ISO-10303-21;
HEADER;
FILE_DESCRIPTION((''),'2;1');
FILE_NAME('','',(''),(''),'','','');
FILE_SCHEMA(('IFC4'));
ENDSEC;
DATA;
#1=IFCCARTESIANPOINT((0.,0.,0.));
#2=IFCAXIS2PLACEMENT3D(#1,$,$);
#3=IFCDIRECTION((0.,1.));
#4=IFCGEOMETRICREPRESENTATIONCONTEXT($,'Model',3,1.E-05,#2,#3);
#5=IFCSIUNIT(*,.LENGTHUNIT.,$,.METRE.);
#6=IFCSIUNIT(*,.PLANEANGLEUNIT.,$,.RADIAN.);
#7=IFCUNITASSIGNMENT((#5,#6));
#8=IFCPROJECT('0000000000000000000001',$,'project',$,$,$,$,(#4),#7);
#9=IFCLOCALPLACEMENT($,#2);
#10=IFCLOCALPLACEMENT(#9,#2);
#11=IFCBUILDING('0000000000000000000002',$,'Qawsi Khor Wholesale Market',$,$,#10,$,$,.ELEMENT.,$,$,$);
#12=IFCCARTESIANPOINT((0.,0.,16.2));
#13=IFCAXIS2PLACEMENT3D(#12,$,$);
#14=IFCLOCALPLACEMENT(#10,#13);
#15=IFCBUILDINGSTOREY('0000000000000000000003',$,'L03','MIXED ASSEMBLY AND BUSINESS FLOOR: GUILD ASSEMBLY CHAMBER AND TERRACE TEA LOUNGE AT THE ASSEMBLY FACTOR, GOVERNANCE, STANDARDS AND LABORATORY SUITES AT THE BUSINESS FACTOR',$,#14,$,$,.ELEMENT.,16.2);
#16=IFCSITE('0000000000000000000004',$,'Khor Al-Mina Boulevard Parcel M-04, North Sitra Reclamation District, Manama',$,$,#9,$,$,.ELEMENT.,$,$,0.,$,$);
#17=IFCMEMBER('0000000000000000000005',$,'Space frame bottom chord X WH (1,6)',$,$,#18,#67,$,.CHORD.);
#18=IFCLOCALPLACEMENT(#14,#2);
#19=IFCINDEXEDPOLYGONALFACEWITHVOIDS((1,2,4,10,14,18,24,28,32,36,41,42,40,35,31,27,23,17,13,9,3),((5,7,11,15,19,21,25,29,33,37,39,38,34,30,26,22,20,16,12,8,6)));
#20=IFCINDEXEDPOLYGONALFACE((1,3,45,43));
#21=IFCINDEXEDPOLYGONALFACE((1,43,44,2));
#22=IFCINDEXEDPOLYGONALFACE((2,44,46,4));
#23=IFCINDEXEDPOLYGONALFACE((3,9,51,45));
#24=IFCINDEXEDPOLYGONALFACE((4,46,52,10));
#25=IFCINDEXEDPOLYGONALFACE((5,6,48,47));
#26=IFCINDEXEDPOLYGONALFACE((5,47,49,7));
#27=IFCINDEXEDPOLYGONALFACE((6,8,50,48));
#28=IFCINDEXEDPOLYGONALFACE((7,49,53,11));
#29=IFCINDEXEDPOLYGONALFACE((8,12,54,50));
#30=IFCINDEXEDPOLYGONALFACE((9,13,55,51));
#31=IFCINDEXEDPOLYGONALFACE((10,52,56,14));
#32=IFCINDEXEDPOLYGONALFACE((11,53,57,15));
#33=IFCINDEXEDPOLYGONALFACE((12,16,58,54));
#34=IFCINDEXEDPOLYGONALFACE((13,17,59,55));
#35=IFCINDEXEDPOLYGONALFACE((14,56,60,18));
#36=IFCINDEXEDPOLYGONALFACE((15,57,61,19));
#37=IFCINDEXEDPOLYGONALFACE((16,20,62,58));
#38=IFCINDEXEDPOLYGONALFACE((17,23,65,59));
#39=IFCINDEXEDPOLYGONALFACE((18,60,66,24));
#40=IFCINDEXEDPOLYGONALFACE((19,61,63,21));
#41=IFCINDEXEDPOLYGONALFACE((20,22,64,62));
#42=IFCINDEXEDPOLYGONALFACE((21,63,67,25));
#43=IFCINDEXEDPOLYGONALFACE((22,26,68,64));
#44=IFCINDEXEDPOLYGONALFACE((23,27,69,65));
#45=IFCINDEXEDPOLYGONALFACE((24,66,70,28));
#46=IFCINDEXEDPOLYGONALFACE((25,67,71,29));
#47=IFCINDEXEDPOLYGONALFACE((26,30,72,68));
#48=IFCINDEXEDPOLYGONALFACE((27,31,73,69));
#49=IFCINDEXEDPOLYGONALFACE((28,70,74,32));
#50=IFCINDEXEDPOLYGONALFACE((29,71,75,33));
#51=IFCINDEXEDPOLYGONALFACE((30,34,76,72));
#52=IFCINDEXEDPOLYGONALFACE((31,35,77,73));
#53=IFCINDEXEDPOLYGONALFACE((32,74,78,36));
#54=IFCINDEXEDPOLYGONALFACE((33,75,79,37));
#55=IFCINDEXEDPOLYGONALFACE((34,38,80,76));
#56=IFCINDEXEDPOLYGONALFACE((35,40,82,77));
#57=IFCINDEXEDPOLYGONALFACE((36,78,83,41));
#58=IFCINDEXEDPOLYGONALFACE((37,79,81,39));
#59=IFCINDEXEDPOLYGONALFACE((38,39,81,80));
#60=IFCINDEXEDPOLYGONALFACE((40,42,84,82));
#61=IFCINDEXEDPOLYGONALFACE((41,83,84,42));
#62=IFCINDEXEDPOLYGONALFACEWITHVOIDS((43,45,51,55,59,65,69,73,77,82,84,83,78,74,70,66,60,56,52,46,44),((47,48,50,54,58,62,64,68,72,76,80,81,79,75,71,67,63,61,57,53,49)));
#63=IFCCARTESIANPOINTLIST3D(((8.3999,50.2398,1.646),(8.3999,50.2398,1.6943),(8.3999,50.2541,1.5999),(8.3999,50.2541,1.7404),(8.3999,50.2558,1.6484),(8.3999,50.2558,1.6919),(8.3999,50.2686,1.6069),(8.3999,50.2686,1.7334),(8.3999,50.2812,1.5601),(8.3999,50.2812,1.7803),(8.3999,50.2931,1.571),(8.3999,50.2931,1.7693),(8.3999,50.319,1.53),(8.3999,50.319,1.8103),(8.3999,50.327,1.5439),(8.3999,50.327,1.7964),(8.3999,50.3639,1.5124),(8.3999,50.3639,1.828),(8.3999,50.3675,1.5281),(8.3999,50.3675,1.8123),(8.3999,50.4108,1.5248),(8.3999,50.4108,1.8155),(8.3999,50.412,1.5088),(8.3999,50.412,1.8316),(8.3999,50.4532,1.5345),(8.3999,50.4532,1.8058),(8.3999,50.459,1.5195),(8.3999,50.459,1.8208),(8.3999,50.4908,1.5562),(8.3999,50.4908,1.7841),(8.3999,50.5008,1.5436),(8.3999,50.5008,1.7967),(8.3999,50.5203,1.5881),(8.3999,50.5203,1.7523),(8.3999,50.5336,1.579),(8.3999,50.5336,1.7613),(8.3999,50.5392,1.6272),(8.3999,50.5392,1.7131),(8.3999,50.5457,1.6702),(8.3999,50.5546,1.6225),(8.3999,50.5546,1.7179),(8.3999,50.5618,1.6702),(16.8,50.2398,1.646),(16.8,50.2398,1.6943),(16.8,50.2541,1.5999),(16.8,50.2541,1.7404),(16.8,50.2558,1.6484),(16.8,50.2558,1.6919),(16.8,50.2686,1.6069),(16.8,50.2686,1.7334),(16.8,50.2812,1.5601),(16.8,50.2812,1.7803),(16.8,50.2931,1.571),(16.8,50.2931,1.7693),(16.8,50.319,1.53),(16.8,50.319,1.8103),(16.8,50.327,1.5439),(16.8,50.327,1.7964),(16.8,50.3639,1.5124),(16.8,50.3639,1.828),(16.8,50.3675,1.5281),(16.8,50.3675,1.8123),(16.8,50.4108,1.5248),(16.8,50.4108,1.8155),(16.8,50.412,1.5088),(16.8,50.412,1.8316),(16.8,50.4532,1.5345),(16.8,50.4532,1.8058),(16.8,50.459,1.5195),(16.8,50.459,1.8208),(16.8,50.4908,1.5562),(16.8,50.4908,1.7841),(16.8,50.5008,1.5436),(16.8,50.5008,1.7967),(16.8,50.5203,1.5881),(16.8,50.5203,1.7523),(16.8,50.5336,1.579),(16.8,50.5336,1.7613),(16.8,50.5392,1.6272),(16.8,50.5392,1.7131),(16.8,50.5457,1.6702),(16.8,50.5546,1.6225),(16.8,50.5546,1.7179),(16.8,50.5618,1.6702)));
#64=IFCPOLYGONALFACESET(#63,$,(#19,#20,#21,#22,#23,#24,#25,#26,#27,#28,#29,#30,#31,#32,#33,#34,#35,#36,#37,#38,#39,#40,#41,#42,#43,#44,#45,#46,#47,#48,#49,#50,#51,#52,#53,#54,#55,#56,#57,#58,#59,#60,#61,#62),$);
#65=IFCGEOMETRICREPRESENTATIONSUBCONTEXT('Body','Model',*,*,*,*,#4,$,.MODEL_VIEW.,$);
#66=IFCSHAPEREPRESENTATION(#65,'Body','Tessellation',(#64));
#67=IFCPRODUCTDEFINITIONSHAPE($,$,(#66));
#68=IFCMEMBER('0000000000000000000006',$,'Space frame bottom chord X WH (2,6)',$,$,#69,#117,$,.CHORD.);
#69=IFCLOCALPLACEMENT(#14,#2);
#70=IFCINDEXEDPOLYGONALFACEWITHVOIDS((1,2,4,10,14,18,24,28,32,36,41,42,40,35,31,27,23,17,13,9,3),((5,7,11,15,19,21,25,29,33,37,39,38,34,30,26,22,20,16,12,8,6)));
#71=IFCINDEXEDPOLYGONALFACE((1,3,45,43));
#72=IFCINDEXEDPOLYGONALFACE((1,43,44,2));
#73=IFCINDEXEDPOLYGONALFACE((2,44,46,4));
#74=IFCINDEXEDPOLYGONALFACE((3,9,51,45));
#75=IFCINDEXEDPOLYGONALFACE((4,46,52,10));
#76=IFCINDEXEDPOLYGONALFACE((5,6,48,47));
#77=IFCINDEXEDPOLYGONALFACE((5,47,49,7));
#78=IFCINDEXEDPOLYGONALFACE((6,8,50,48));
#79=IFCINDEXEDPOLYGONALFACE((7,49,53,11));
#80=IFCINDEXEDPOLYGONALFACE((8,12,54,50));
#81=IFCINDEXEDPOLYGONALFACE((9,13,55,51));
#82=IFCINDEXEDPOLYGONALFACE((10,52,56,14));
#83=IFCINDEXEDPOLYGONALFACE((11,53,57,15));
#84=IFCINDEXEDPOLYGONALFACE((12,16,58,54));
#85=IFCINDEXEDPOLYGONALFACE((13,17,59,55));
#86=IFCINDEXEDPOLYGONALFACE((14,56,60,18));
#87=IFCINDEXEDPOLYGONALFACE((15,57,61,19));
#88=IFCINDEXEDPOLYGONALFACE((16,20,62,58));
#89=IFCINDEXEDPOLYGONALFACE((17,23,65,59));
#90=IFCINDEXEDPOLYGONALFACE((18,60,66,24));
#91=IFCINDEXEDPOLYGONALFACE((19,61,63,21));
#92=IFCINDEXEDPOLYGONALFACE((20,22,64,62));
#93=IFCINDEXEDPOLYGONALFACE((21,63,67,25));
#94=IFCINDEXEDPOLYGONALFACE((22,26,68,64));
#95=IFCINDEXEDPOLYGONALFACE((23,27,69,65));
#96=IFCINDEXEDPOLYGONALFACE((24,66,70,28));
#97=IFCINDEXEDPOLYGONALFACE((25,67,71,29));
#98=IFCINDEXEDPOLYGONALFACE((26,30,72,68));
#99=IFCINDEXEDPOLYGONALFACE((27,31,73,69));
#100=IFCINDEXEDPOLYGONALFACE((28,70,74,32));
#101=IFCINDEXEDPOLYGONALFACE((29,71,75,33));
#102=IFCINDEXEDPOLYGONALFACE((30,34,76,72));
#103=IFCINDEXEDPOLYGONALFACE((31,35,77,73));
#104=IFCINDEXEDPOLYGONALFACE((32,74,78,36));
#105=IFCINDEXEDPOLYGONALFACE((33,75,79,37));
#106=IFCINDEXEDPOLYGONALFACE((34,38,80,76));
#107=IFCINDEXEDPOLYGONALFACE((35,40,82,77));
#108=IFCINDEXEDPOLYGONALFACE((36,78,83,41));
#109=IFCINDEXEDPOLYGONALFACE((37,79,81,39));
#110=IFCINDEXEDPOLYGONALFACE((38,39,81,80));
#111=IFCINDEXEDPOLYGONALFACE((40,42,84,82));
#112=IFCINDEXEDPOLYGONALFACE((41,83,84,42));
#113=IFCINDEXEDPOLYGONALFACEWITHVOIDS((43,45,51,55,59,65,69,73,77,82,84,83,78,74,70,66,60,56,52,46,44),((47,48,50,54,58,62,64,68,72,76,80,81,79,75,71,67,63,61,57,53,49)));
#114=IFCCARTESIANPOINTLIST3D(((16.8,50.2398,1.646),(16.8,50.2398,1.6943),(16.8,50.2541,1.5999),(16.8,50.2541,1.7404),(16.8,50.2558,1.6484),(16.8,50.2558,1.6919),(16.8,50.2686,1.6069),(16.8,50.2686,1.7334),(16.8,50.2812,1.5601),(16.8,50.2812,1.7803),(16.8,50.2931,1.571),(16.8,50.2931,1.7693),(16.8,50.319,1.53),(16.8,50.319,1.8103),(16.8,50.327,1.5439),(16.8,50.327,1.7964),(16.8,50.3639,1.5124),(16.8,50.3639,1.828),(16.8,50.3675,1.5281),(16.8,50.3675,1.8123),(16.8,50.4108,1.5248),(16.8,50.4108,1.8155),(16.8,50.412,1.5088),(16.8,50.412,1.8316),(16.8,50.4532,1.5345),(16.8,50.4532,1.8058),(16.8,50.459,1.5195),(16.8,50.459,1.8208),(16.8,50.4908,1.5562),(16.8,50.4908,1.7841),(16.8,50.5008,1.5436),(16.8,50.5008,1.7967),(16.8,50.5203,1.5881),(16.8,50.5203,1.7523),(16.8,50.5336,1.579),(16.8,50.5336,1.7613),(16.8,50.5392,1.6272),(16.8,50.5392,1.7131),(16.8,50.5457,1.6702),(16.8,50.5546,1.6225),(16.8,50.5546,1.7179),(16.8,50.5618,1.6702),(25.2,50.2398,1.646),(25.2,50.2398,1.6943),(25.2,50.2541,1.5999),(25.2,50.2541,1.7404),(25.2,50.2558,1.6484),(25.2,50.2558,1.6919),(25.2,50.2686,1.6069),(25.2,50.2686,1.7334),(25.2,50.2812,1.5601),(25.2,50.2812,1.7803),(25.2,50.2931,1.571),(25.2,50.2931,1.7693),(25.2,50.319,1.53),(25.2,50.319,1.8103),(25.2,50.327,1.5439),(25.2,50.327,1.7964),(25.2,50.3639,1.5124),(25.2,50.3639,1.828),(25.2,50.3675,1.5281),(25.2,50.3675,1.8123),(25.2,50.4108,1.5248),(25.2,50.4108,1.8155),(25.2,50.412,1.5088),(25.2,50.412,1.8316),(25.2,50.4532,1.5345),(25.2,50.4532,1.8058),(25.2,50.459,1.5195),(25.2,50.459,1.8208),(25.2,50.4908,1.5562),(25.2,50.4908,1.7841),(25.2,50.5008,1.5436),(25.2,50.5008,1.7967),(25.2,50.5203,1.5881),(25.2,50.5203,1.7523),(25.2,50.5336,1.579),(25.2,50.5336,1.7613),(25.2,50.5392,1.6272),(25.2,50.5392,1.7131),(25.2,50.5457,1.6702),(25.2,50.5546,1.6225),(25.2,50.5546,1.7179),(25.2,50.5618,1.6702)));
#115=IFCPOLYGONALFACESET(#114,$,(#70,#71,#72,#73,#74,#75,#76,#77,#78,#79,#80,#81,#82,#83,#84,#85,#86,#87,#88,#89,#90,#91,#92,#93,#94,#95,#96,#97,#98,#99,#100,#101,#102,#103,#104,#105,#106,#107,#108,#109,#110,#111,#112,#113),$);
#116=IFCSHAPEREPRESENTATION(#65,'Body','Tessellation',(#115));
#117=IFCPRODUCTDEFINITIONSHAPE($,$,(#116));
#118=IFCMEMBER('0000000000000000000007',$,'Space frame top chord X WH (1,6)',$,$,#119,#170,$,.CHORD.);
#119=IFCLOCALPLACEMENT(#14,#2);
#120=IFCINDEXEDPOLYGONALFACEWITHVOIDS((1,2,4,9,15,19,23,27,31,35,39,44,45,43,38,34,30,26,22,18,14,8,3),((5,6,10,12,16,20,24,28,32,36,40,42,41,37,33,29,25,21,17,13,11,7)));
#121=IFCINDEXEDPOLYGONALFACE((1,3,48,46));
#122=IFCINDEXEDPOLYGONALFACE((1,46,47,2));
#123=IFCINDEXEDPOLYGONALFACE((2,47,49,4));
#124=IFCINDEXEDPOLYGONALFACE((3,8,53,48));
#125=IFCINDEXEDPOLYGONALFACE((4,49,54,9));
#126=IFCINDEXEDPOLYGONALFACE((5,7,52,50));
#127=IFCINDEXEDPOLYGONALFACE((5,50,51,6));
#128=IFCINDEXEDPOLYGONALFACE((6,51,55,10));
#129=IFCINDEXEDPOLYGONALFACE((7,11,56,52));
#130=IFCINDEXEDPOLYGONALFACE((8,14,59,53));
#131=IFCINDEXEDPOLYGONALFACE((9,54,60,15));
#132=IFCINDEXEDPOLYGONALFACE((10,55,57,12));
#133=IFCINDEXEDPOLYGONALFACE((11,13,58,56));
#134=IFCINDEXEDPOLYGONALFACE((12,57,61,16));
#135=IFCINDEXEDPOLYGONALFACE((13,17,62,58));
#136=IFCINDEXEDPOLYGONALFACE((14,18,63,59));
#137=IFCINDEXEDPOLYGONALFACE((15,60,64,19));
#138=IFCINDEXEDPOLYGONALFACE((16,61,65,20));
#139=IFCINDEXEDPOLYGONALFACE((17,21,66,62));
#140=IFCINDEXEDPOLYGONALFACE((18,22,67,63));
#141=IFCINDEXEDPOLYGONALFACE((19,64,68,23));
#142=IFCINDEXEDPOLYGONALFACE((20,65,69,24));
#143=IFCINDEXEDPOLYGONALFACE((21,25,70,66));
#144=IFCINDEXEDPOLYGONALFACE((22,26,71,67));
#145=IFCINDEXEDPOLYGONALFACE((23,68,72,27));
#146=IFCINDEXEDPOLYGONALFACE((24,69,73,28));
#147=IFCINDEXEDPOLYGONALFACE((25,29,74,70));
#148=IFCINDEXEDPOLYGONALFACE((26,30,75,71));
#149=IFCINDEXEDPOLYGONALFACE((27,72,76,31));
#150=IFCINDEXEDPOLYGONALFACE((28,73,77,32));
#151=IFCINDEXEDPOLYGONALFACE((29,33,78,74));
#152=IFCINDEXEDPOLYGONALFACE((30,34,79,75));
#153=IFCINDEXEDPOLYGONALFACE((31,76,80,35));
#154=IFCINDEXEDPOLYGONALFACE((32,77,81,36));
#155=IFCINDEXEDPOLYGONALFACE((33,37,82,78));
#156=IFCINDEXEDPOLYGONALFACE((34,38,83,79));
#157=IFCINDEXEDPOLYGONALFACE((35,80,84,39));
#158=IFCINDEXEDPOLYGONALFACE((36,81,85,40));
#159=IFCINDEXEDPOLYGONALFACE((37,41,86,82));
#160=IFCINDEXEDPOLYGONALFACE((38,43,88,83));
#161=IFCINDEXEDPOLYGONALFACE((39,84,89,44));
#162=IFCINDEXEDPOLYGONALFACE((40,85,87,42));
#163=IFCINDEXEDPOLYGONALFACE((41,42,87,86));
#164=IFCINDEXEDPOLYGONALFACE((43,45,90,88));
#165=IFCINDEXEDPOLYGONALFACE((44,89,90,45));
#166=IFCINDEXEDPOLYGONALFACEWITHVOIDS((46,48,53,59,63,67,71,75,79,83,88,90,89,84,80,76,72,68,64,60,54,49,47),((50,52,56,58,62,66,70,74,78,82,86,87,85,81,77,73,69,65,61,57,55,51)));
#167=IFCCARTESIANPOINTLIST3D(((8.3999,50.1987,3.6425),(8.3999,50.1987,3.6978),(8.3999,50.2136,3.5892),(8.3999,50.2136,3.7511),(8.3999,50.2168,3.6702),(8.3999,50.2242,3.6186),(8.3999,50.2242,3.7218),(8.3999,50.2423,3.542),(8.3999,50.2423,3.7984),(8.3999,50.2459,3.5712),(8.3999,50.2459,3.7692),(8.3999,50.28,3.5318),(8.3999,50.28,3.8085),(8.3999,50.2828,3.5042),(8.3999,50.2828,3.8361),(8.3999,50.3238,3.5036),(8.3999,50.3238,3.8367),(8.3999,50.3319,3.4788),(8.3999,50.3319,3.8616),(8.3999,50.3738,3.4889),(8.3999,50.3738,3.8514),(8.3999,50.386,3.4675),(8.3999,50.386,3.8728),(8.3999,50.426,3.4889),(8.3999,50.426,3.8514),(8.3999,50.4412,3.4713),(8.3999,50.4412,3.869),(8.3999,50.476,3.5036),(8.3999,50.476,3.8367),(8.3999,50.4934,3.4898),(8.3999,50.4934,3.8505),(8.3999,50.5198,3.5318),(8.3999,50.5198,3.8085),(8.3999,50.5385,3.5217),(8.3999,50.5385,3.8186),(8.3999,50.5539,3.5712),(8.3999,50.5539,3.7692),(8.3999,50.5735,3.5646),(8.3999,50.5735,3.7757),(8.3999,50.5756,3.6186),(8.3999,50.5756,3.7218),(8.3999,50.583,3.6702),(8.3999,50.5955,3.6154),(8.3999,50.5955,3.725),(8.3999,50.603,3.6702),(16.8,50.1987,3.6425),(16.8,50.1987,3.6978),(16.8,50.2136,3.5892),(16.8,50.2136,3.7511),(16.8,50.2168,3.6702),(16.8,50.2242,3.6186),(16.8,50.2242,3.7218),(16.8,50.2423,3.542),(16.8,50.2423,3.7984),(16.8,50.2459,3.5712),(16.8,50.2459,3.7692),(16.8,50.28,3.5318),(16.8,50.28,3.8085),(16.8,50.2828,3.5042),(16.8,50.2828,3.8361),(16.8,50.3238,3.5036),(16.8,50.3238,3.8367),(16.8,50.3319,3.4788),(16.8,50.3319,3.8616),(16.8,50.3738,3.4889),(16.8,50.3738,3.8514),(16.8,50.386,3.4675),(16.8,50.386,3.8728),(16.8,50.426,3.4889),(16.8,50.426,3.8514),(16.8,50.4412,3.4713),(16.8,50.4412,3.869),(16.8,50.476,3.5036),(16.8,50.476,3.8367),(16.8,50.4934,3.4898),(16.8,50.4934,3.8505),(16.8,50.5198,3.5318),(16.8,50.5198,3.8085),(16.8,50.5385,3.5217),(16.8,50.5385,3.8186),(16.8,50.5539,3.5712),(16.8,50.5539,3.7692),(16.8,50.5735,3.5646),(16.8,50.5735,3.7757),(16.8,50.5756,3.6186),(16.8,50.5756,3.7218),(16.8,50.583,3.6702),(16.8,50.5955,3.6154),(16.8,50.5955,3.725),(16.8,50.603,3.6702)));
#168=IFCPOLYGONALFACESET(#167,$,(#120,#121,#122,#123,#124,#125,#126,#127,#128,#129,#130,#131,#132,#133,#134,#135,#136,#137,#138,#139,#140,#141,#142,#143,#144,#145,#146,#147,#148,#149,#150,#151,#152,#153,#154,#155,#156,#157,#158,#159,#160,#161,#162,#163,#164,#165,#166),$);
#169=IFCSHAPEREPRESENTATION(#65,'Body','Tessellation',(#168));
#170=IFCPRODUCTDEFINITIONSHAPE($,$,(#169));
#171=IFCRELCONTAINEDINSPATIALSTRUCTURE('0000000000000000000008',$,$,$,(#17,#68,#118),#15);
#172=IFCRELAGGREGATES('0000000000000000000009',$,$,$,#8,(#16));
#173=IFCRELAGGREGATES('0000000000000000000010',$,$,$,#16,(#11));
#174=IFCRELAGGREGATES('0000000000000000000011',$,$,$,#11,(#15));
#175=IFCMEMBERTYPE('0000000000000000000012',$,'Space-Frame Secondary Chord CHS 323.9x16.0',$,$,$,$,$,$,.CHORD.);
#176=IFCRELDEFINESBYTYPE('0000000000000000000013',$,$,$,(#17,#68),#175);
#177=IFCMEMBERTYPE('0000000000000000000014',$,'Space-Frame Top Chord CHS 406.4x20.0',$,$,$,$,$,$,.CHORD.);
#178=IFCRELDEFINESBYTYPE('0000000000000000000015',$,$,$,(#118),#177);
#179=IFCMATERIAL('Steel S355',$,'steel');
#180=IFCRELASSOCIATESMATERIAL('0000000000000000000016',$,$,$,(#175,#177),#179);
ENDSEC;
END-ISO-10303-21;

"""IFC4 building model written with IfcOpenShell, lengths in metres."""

from ifc_helpers import new_model, si_unit, direction, frame, origin, origin_2d, place, context, subcontext, project, spatial, hollow_circle, extrude, material, material_profile, profile_set, type_object, element, save


model = new_model("IFC4")

# Units and contexts
model_context = context("Model", 3, precision=1e-05, world=origin(), true_north=direction((0.0, 1.0)))
body_context = subcontext(model_context, "Body", "Model", "MODEL_VIEW")
ifc_project = project(units=[si_unit("LENGTHUNIT", "METRE"), si_unit("PLANEANGLEUNIT", "RADIAN")], contexts=[model_context])

# Site, building, storey
site_placement = place(None, origin())
site = spatial("IfcSite", under=ifc_project, at=site_placement, Name="Khor Al-Mina Boulevard Parcel M-04, North Sitra Reclamation District, Manama", CompositionType="ELEMENT", RefElevation=0.0)
building_placement = place(site_placement, origin())
building = spatial("IfcBuilding", under=site, at=building_placement, Name="Qawsi Khor Wholesale Market", CompositionType="ELEMENT")
storey_placement = place(building_placement, frame((0.0, 0.0, 16.2)))
storey = spatial("IfcBuildingStorey", under=building, at=storey_placement, Name="L03", Description="MIXED ASSEMBLY AND BUSINESS FLOOR: GUILD ASSEMBLY CHAMBER AND TERRACE TEA LOUNGE AT THE ASSEMBLY FACTOR, GOVERNANCE, STANDARDS AND LABORATORY SUITES AT THE BUSINESS FACTOR", CompositionType="ELEMENT", Elevation=16.2)

# Members
ifc_material_1 = material(Name="Steel S355", Category="steel")
ifc_material_profile_1 = material_profile(ifc_material_1, hollow_circle(Radius=0.1619, WallThickness=0.0161, at=origin_2d()), Name="CHS 323.9x16.0")
ifc_profile_set_1 = profile_set([ifc_material_profile_1], Name="Steel S355")
member_type_1 = type_object("IfcMemberType", Name="Space-Frame Secondary Chord CHS 323.9x16.0", PredefinedType="CHORD", material=ifc_profile_set_1)
member_1_placement = place(storey_placement, frame((8.3999, 50.3999, 1.6702), z_axis=(1.0, 0.0, 0.0), x_axis=(0.0, 1.0, 0.0)))
element("IfcMember", 1, at=member_1_placement, inside=storey, type_object=member_type_1, Name="Space frame bottom chord X WH (1,6)", PredefinedType="CHORD", context=body_context, shape_type="SweptSolid", body=[
    extrude(hollow_circle(Radius=0.1619, WallThickness=0.0161, at=origin_2d()), origin(), (0.0, 0.0, 1.0), 8.4001),
])
member_2_placement = place(storey_placement, frame((16.8, 50.3999, 1.6702), z_axis=(1.0, 0.0, 0.0), x_axis=(0.0, 1.0, 0.0)))
element("IfcMember", 2, at=member_2_placement, inside=storey, type_object=member_type_1, Name="Space frame bottom chord X WH (2,6)", PredefinedType="CHORD", context=body_context, shape_type="SweptSolid", body=[
    extrude(hollow_circle(Radius=0.1619, WallThickness=0.0161, at=origin_2d()), origin(), (0.0, 0.0, 1.0), 8.3999),
])
ifc_material_profile_2 = material_profile(ifc_material_1, hollow_circle(Radius=0.2031, WallThickness=0.02, at=origin_2d()), Name="CHS 406.4x20.0")
ifc_profile_set_2 = profile_set([ifc_material_profile_2], Name="Steel S355")
member_type_2 = type_object("IfcMemberType", Name="Space-Frame Top Chord CHS 406.4x20.0", PredefinedType="CHORD", material=ifc_profile_set_2)
member_3_placement = place(storey_placement, frame((8.3999, 50.3999, 3.6702), z_axis=(1.0, 0.0, 0.0), x_axis=(0.0, 1.0, 0.0)))
element("IfcMember", 3, at=member_3_placement, inside=storey, type_object=member_type_2, Name="Space frame top chord X WH (1,6)", PredefinedType="CHORD", context=body_context, shape_type="SweptSolid", body=[
    extrude(hollow_circle(Radius=0.2031, WallThickness=0.02, at=origin_2d()), origin(), (0.0, 0.0, 1.0), 8.4001),
])

save(model, "model.ifc")
